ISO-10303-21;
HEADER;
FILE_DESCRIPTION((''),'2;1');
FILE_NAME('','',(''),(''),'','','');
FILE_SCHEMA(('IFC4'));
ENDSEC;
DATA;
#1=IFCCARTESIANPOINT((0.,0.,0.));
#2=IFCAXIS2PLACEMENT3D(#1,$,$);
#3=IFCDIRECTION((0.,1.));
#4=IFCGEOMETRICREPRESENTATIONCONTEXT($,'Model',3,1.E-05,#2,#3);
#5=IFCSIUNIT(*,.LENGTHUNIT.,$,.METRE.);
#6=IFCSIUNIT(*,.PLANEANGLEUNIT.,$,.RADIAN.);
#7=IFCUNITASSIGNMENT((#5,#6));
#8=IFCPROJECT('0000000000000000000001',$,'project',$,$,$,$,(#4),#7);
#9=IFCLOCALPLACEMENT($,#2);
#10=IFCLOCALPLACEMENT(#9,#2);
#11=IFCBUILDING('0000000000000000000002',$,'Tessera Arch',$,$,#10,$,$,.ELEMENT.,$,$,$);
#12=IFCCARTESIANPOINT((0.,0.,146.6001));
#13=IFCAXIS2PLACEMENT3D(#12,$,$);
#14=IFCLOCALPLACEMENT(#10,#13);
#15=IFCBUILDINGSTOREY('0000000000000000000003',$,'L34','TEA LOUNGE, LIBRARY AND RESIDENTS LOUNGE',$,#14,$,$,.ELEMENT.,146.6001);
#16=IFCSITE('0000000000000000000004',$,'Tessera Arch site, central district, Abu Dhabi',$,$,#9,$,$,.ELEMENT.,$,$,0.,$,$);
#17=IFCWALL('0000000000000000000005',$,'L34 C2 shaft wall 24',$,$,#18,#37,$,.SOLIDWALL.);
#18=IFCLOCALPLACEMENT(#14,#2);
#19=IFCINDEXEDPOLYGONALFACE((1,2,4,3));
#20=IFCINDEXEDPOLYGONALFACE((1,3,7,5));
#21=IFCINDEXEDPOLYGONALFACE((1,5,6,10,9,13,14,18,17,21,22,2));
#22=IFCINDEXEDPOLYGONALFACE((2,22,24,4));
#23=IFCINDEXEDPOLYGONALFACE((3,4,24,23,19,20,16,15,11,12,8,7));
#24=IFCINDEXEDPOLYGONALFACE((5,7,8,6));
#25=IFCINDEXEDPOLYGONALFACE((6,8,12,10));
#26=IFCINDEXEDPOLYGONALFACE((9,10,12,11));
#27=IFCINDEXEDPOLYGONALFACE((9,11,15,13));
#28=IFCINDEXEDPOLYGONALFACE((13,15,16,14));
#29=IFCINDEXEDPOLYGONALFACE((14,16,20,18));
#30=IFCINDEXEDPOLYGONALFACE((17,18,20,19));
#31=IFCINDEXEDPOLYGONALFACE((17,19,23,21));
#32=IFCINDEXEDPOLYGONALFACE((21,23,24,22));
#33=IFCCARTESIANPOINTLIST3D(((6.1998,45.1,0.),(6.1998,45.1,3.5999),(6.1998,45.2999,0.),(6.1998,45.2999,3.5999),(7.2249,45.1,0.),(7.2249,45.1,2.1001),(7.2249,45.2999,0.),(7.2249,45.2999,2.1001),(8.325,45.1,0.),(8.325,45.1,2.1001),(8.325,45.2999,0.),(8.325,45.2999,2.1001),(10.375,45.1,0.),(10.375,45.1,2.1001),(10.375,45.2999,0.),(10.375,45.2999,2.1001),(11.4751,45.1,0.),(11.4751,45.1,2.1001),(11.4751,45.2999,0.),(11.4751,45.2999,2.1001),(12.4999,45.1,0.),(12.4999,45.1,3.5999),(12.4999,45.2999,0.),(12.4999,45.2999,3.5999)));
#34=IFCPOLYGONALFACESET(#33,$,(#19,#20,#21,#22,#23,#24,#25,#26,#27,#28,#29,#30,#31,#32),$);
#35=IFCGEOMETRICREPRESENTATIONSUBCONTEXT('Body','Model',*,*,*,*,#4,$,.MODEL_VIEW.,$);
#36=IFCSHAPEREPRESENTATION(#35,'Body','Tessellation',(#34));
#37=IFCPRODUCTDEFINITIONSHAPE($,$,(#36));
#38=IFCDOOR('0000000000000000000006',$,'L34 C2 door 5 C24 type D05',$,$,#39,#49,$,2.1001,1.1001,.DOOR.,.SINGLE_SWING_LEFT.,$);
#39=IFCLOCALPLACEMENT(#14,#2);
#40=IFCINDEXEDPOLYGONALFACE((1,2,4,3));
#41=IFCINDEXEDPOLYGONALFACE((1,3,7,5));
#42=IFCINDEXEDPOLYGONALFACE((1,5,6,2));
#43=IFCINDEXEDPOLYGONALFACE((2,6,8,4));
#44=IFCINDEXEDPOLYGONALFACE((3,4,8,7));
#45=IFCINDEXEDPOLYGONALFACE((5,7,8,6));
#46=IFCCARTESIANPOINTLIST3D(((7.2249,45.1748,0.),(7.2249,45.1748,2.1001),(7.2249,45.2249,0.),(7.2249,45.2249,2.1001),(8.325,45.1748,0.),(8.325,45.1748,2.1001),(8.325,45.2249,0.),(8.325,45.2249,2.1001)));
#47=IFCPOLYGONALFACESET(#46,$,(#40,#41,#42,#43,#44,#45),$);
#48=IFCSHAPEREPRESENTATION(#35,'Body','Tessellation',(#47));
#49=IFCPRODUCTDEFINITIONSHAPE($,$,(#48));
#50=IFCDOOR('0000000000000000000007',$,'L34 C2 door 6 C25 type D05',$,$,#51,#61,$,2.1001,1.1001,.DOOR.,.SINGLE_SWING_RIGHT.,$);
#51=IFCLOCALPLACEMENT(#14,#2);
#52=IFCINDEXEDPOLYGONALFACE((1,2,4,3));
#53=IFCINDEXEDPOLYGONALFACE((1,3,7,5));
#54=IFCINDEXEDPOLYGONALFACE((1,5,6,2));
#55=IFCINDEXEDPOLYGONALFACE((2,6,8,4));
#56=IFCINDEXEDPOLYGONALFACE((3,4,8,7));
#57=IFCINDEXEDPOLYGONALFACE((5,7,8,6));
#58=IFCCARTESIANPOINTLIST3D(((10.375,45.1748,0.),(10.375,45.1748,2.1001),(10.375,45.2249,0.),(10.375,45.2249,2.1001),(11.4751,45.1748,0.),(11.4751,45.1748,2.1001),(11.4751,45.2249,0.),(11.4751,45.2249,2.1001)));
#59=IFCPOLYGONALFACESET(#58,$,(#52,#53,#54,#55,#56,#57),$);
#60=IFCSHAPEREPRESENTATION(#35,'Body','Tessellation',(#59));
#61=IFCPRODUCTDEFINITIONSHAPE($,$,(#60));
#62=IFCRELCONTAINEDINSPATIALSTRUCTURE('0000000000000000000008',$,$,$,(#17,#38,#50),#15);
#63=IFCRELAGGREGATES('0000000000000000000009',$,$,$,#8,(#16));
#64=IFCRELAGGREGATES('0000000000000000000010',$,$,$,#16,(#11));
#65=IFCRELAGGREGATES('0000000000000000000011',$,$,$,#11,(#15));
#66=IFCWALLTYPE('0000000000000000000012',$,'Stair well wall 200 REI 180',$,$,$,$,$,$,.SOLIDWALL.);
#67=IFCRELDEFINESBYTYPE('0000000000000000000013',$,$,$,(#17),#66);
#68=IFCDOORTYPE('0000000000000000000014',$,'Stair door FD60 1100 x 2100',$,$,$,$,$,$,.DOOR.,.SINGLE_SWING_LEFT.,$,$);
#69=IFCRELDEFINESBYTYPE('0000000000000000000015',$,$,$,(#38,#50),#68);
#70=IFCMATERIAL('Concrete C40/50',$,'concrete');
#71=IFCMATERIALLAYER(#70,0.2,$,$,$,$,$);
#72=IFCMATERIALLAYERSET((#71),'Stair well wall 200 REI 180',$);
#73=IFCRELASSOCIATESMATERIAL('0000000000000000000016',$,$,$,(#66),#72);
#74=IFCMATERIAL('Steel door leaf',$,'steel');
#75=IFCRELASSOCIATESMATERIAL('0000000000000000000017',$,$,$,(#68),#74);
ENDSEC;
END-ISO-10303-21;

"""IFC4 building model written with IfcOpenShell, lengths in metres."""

from ifc_helpers import new_model, si_unit, direction, frame, frame_2d, origin, place, context, subcontext, project, spatial, rectangle, extrude, material, layer, layer_set, type_object, element, fill, save


model = new_model("IFC4")

# Units and contexts
model_context = context("Model", 3, precision=1e-05, world=origin(), true_north=direction((0.0, 1.0)))
body_context = subcontext(model_context, "Body", "Model", "MODEL_VIEW")
ifc_project = project(units=[si_unit("LENGTHUNIT", "METRE"), si_unit("PLANEANGLEUNIT", "RADIAN")], contexts=[model_context])

# Site, building, storey
site_placement = place(None, origin())
site = spatial("IfcSite", under=ifc_project, at=site_placement, Name="Tessera Arch site, central district, Abu Dhabi", CompositionType="ELEMENT", RefElevation=0.0)
building_placement = place(site_placement, origin())
building = spatial("IfcBuilding", under=site, at=building_placement, Name="Tessera Arch", CompositionType="ELEMENT")
storey_placement = place(building_placement, frame((0.0, 0.0, 146.6001)))
storey = spatial("IfcBuildingStorey", under=building, at=storey_placement, Name="L34", Description="TEA LOUNGE, LIBRARY AND RESIDENTS LOUNGE", CompositionType="ELEMENT", Elevation=146.6001)

# Wall, openings, doors
ifc_material_1 = material(Name="Concrete C40/50", Category="concrete")
ifc_layer_1 = layer(ifc_material_1, 0.2)
ifc_layer_set_1 = layer_set([ifc_layer_1], Name="Stair well wall 200 REI 180")
wall_type_1 = type_object("IfcWallType", Name="Stair well wall 200 REI 180", PredefinedType="SOLIDWALL", material=ifc_layer_set_1)
wall_1_placement = place(storey_placement, frame((6.2, 45.2, 0.0), z_axis=(0.0, 0.0, 1.0), x_axis=(1.0, 0.0, 0.0)))
wall_1 = element("IfcWall", 1, at=wall_1_placement, inside=storey, type_object=wall_type_1, Name="L34 C2 shaft wall 24", PredefinedType="SOLIDWALL", context=body_context, shape_type="SweptSolid", body=[
    extrude(rectangle(XDim=6.3, YDim=0.2, at=frame_2d((3.1499, 0.0))), origin(), (0.0, 0.0, 1.0), 3.5999),
])
opening_1_placement = place(wall_1_placement, frame((1.0249, 0.0, 0.0)))
opening_1 = element("IfcOpeningElement", 2, at=opening_1_placement, cuts=wall_1, PredefinedType="OPENING", context=body_context, shape_type="SweptSolid", body=[
    extrude(rectangle(XDim=1.1001, YDim=2.1001, at=frame_2d((0.55, 1.05))), frame((0.0, 0.1099, 0.0), z_axis=(0.0, -1.0, 0.0), x_axis=(1.0, 0.0, 0.0)), (0.0, 0.0, 1.0), 0.22),
])
opening_2_placement = place(wall_1_placement, frame((4.175, 0.0, 0.0)))
opening_2 = element("IfcOpeningElement", 3, at=opening_2_placement, cuts=wall_1, PredefinedType="OPENING", context=body_context, shape_type="SweptSolid", body=[
    extrude(rectangle(XDim=1.1001, YDim=2.1001, at=frame_2d((0.55, 1.05))), frame((0.0, 0.1099, 0.0), z_axis=(0.0, -1.0, 0.0), x_axis=(1.0, 0.0, 0.0)), (0.0, 0.0, 1.0), 0.22),
])
ifc_material_2 = material(Name="Steel door leaf", Category="steel")
door_type_1 = type_object("IfcDoorType", Name="Stair door FD60 1100 x 2100", OperationType="SINGLE_SWING_LEFT", PredefinedType="DOOR", material=ifc_material_2)
door_1_placement = place(opening_1_placement, origin())
door_1 = element("IfcDoor", 4, at=door_1_placement, inside=storey, type_object=door_type_1, Name="L34 C2 door 5 C24 type D05", OperationType="SINGLE_SWING_LEFT", OverallHeight=2.1001, OverallWidth=1.1001, PredefinedType="DOOR", context=body_context, shape_type="SweptSolid", body=[
    extrude(rectangle(XDim=1.1001, YDim=2.1001, at=frame_2d((0.55, 1.05))), frame((0.0, 0.0249, 0.0), z_axis=(0.0, -1.0, 0.0), x_axis=(1.0, 0.0, 0.0)), (0.0, 0.0, 1.0), 0.05),
])
fill(opening_1, door_1)
door_2_placement = place(opening_2_placement, origin())
door_2 = element("IfcDoor", 5, at=door_2_placement, inside=storey, type_object=door_type_1, Name="L34 C2 door 6 C25 type D05", OperationType="SINGLE_SWING_RIGHT", OverallHeight=2.1001, OverallWidth=1.1001, PredefinedType="DOOR", context=body_context, shape_type="SweptSolid", body=[
    extrude(rectangle(XDim=1.1001, YDim=2.1001, at=frame_2d((0.55, 1.05))), frame((0.0, 0.0249, 0.0), z_axis=(0.0, -1.0, 0.0), x_axis=(1.0, 0.0, 0.0)), (0.0, 0.0, 1.0), 0.05),
])
fill(opening_2, door_2)

save(model, "model.ifc")
